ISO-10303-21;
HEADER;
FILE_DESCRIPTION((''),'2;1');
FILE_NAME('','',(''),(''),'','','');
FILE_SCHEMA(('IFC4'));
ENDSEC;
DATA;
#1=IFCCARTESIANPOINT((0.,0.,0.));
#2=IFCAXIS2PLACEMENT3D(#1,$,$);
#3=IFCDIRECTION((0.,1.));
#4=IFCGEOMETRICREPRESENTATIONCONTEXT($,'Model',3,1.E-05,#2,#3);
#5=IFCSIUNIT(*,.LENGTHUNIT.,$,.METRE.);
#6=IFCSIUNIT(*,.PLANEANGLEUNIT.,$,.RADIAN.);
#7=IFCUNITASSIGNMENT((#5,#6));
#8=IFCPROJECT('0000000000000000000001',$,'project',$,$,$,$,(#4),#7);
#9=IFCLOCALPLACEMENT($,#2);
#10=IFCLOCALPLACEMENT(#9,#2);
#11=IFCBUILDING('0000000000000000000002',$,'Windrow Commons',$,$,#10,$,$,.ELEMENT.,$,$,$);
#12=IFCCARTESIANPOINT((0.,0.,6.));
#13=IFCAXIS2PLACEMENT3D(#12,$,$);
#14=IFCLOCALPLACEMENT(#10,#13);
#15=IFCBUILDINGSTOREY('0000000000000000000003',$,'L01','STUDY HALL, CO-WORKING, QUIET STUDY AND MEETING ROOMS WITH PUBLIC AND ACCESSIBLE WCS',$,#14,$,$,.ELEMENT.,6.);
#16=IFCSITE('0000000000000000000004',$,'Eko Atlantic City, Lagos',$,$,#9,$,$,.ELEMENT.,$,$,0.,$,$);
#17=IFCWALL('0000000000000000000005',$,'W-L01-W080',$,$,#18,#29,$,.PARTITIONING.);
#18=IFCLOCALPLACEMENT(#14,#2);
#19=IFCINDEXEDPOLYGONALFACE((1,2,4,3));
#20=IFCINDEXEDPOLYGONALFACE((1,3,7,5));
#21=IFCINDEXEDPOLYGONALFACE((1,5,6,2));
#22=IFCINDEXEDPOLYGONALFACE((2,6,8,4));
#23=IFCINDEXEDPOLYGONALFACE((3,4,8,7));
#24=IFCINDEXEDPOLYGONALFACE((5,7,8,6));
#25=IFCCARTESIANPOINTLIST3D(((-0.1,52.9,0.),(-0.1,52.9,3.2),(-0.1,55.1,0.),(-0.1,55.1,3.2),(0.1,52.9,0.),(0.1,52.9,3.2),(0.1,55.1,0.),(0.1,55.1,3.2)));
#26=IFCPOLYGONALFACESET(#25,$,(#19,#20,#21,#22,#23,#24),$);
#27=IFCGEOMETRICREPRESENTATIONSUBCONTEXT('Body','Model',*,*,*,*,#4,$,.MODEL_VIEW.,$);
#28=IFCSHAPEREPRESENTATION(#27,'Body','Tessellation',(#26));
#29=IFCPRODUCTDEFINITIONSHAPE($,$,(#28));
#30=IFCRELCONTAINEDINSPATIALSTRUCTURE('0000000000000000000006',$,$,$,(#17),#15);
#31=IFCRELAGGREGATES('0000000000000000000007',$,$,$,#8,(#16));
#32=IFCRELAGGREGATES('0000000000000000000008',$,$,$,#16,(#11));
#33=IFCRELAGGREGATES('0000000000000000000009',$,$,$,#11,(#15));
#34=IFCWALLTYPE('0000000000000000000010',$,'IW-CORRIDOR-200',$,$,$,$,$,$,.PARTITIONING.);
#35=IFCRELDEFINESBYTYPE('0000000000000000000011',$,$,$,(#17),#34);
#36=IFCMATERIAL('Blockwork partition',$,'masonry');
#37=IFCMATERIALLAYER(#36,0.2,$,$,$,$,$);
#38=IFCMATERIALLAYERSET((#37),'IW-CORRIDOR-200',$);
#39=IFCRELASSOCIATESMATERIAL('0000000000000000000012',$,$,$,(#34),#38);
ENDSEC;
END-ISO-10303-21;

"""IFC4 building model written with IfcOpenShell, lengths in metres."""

from ifc_helpers import new_model, si_unit, direction, frame, frame_2d, origin, place, context, subcontext, project, spatial, rectangle, extrude, material, layer, layer_set, type_object, element, save


model = new_model("IFC4")

# Units and contexts
model_context = context("Model", 3, precision=1e-05, world=origin(), true_north=direction((0.0, 1.0)))
body_context = subcontext(model_context, "Body", "Model", "MODEL_VIEW")
ifc_project = project(units=[si_unit("LENGTHUNIT", "METRE"), si_unit("PLANEANGLEUNIT", "RADIAN")], contexts=[model_context])

# Site, building, storey
site_placement = place(None, origin())
site = spatial("IfcSite", under=ifc_project, at=site_placement, Name="Eko Atlantic City, Lagos", CompositionType="ELEMENT", RefElevation=0.0)
building_placement = place(site_placement, origin())
building = spatial("IfcBuilding", under=site, at=building_placement, Name="Windrow Commons", CompositionType="ELEMENT")
storey_placement = place(building_placement, frame((0.0, 0.0, 6.0)))
storey = spatial("IfcBuildingStorey", under=building, at=storey_placement, Name="L01", Description="STUDY HALL, CO-WORKING, QUIET STUDY AND MEETING ROOMS WITH PUBLIC AND ACCESSIBLE WCS", CompositionType="ELEMENT", Elevation=6.0)

# Shared definitions
ifc_material_1 = material(Name="Blockwork partition", Category="masonry")
ifc_layer_1 = layer(ifc_material_1, 0.2)
ifc_layer_set_1 = layer_set([ifc_layer_1], Name="IW-CORRIDOR-200")
wall_type = type_object("IfcWallType", Name="IW-CORRIDOR-200", PredefinedType="PARTITIONING", material=ifc_layer_set_1)

# Wall
wall_1_placement = place(storey_placement, frame((0.0, 52.9, 0.0), z_axis=(0.0, 0.0, 1.0), x_axis=(0.0, 1.0, 0.0)))
element("IfcWall", 1, at=wall_1_placement, inside=storey, type_object=wall_type, Name="W-L01-W080", PredefinedType="PARTITIONING", context=body_context, shape_type="SweptSolid", body=[
    extrude(rectangle(XDim=2.2, YDim=0.2, at=frame_2d((1.1, 0.0))), origin(), (0.0, 0.0, 1.0), 3.2),
])

save(model, "model.ifc")
